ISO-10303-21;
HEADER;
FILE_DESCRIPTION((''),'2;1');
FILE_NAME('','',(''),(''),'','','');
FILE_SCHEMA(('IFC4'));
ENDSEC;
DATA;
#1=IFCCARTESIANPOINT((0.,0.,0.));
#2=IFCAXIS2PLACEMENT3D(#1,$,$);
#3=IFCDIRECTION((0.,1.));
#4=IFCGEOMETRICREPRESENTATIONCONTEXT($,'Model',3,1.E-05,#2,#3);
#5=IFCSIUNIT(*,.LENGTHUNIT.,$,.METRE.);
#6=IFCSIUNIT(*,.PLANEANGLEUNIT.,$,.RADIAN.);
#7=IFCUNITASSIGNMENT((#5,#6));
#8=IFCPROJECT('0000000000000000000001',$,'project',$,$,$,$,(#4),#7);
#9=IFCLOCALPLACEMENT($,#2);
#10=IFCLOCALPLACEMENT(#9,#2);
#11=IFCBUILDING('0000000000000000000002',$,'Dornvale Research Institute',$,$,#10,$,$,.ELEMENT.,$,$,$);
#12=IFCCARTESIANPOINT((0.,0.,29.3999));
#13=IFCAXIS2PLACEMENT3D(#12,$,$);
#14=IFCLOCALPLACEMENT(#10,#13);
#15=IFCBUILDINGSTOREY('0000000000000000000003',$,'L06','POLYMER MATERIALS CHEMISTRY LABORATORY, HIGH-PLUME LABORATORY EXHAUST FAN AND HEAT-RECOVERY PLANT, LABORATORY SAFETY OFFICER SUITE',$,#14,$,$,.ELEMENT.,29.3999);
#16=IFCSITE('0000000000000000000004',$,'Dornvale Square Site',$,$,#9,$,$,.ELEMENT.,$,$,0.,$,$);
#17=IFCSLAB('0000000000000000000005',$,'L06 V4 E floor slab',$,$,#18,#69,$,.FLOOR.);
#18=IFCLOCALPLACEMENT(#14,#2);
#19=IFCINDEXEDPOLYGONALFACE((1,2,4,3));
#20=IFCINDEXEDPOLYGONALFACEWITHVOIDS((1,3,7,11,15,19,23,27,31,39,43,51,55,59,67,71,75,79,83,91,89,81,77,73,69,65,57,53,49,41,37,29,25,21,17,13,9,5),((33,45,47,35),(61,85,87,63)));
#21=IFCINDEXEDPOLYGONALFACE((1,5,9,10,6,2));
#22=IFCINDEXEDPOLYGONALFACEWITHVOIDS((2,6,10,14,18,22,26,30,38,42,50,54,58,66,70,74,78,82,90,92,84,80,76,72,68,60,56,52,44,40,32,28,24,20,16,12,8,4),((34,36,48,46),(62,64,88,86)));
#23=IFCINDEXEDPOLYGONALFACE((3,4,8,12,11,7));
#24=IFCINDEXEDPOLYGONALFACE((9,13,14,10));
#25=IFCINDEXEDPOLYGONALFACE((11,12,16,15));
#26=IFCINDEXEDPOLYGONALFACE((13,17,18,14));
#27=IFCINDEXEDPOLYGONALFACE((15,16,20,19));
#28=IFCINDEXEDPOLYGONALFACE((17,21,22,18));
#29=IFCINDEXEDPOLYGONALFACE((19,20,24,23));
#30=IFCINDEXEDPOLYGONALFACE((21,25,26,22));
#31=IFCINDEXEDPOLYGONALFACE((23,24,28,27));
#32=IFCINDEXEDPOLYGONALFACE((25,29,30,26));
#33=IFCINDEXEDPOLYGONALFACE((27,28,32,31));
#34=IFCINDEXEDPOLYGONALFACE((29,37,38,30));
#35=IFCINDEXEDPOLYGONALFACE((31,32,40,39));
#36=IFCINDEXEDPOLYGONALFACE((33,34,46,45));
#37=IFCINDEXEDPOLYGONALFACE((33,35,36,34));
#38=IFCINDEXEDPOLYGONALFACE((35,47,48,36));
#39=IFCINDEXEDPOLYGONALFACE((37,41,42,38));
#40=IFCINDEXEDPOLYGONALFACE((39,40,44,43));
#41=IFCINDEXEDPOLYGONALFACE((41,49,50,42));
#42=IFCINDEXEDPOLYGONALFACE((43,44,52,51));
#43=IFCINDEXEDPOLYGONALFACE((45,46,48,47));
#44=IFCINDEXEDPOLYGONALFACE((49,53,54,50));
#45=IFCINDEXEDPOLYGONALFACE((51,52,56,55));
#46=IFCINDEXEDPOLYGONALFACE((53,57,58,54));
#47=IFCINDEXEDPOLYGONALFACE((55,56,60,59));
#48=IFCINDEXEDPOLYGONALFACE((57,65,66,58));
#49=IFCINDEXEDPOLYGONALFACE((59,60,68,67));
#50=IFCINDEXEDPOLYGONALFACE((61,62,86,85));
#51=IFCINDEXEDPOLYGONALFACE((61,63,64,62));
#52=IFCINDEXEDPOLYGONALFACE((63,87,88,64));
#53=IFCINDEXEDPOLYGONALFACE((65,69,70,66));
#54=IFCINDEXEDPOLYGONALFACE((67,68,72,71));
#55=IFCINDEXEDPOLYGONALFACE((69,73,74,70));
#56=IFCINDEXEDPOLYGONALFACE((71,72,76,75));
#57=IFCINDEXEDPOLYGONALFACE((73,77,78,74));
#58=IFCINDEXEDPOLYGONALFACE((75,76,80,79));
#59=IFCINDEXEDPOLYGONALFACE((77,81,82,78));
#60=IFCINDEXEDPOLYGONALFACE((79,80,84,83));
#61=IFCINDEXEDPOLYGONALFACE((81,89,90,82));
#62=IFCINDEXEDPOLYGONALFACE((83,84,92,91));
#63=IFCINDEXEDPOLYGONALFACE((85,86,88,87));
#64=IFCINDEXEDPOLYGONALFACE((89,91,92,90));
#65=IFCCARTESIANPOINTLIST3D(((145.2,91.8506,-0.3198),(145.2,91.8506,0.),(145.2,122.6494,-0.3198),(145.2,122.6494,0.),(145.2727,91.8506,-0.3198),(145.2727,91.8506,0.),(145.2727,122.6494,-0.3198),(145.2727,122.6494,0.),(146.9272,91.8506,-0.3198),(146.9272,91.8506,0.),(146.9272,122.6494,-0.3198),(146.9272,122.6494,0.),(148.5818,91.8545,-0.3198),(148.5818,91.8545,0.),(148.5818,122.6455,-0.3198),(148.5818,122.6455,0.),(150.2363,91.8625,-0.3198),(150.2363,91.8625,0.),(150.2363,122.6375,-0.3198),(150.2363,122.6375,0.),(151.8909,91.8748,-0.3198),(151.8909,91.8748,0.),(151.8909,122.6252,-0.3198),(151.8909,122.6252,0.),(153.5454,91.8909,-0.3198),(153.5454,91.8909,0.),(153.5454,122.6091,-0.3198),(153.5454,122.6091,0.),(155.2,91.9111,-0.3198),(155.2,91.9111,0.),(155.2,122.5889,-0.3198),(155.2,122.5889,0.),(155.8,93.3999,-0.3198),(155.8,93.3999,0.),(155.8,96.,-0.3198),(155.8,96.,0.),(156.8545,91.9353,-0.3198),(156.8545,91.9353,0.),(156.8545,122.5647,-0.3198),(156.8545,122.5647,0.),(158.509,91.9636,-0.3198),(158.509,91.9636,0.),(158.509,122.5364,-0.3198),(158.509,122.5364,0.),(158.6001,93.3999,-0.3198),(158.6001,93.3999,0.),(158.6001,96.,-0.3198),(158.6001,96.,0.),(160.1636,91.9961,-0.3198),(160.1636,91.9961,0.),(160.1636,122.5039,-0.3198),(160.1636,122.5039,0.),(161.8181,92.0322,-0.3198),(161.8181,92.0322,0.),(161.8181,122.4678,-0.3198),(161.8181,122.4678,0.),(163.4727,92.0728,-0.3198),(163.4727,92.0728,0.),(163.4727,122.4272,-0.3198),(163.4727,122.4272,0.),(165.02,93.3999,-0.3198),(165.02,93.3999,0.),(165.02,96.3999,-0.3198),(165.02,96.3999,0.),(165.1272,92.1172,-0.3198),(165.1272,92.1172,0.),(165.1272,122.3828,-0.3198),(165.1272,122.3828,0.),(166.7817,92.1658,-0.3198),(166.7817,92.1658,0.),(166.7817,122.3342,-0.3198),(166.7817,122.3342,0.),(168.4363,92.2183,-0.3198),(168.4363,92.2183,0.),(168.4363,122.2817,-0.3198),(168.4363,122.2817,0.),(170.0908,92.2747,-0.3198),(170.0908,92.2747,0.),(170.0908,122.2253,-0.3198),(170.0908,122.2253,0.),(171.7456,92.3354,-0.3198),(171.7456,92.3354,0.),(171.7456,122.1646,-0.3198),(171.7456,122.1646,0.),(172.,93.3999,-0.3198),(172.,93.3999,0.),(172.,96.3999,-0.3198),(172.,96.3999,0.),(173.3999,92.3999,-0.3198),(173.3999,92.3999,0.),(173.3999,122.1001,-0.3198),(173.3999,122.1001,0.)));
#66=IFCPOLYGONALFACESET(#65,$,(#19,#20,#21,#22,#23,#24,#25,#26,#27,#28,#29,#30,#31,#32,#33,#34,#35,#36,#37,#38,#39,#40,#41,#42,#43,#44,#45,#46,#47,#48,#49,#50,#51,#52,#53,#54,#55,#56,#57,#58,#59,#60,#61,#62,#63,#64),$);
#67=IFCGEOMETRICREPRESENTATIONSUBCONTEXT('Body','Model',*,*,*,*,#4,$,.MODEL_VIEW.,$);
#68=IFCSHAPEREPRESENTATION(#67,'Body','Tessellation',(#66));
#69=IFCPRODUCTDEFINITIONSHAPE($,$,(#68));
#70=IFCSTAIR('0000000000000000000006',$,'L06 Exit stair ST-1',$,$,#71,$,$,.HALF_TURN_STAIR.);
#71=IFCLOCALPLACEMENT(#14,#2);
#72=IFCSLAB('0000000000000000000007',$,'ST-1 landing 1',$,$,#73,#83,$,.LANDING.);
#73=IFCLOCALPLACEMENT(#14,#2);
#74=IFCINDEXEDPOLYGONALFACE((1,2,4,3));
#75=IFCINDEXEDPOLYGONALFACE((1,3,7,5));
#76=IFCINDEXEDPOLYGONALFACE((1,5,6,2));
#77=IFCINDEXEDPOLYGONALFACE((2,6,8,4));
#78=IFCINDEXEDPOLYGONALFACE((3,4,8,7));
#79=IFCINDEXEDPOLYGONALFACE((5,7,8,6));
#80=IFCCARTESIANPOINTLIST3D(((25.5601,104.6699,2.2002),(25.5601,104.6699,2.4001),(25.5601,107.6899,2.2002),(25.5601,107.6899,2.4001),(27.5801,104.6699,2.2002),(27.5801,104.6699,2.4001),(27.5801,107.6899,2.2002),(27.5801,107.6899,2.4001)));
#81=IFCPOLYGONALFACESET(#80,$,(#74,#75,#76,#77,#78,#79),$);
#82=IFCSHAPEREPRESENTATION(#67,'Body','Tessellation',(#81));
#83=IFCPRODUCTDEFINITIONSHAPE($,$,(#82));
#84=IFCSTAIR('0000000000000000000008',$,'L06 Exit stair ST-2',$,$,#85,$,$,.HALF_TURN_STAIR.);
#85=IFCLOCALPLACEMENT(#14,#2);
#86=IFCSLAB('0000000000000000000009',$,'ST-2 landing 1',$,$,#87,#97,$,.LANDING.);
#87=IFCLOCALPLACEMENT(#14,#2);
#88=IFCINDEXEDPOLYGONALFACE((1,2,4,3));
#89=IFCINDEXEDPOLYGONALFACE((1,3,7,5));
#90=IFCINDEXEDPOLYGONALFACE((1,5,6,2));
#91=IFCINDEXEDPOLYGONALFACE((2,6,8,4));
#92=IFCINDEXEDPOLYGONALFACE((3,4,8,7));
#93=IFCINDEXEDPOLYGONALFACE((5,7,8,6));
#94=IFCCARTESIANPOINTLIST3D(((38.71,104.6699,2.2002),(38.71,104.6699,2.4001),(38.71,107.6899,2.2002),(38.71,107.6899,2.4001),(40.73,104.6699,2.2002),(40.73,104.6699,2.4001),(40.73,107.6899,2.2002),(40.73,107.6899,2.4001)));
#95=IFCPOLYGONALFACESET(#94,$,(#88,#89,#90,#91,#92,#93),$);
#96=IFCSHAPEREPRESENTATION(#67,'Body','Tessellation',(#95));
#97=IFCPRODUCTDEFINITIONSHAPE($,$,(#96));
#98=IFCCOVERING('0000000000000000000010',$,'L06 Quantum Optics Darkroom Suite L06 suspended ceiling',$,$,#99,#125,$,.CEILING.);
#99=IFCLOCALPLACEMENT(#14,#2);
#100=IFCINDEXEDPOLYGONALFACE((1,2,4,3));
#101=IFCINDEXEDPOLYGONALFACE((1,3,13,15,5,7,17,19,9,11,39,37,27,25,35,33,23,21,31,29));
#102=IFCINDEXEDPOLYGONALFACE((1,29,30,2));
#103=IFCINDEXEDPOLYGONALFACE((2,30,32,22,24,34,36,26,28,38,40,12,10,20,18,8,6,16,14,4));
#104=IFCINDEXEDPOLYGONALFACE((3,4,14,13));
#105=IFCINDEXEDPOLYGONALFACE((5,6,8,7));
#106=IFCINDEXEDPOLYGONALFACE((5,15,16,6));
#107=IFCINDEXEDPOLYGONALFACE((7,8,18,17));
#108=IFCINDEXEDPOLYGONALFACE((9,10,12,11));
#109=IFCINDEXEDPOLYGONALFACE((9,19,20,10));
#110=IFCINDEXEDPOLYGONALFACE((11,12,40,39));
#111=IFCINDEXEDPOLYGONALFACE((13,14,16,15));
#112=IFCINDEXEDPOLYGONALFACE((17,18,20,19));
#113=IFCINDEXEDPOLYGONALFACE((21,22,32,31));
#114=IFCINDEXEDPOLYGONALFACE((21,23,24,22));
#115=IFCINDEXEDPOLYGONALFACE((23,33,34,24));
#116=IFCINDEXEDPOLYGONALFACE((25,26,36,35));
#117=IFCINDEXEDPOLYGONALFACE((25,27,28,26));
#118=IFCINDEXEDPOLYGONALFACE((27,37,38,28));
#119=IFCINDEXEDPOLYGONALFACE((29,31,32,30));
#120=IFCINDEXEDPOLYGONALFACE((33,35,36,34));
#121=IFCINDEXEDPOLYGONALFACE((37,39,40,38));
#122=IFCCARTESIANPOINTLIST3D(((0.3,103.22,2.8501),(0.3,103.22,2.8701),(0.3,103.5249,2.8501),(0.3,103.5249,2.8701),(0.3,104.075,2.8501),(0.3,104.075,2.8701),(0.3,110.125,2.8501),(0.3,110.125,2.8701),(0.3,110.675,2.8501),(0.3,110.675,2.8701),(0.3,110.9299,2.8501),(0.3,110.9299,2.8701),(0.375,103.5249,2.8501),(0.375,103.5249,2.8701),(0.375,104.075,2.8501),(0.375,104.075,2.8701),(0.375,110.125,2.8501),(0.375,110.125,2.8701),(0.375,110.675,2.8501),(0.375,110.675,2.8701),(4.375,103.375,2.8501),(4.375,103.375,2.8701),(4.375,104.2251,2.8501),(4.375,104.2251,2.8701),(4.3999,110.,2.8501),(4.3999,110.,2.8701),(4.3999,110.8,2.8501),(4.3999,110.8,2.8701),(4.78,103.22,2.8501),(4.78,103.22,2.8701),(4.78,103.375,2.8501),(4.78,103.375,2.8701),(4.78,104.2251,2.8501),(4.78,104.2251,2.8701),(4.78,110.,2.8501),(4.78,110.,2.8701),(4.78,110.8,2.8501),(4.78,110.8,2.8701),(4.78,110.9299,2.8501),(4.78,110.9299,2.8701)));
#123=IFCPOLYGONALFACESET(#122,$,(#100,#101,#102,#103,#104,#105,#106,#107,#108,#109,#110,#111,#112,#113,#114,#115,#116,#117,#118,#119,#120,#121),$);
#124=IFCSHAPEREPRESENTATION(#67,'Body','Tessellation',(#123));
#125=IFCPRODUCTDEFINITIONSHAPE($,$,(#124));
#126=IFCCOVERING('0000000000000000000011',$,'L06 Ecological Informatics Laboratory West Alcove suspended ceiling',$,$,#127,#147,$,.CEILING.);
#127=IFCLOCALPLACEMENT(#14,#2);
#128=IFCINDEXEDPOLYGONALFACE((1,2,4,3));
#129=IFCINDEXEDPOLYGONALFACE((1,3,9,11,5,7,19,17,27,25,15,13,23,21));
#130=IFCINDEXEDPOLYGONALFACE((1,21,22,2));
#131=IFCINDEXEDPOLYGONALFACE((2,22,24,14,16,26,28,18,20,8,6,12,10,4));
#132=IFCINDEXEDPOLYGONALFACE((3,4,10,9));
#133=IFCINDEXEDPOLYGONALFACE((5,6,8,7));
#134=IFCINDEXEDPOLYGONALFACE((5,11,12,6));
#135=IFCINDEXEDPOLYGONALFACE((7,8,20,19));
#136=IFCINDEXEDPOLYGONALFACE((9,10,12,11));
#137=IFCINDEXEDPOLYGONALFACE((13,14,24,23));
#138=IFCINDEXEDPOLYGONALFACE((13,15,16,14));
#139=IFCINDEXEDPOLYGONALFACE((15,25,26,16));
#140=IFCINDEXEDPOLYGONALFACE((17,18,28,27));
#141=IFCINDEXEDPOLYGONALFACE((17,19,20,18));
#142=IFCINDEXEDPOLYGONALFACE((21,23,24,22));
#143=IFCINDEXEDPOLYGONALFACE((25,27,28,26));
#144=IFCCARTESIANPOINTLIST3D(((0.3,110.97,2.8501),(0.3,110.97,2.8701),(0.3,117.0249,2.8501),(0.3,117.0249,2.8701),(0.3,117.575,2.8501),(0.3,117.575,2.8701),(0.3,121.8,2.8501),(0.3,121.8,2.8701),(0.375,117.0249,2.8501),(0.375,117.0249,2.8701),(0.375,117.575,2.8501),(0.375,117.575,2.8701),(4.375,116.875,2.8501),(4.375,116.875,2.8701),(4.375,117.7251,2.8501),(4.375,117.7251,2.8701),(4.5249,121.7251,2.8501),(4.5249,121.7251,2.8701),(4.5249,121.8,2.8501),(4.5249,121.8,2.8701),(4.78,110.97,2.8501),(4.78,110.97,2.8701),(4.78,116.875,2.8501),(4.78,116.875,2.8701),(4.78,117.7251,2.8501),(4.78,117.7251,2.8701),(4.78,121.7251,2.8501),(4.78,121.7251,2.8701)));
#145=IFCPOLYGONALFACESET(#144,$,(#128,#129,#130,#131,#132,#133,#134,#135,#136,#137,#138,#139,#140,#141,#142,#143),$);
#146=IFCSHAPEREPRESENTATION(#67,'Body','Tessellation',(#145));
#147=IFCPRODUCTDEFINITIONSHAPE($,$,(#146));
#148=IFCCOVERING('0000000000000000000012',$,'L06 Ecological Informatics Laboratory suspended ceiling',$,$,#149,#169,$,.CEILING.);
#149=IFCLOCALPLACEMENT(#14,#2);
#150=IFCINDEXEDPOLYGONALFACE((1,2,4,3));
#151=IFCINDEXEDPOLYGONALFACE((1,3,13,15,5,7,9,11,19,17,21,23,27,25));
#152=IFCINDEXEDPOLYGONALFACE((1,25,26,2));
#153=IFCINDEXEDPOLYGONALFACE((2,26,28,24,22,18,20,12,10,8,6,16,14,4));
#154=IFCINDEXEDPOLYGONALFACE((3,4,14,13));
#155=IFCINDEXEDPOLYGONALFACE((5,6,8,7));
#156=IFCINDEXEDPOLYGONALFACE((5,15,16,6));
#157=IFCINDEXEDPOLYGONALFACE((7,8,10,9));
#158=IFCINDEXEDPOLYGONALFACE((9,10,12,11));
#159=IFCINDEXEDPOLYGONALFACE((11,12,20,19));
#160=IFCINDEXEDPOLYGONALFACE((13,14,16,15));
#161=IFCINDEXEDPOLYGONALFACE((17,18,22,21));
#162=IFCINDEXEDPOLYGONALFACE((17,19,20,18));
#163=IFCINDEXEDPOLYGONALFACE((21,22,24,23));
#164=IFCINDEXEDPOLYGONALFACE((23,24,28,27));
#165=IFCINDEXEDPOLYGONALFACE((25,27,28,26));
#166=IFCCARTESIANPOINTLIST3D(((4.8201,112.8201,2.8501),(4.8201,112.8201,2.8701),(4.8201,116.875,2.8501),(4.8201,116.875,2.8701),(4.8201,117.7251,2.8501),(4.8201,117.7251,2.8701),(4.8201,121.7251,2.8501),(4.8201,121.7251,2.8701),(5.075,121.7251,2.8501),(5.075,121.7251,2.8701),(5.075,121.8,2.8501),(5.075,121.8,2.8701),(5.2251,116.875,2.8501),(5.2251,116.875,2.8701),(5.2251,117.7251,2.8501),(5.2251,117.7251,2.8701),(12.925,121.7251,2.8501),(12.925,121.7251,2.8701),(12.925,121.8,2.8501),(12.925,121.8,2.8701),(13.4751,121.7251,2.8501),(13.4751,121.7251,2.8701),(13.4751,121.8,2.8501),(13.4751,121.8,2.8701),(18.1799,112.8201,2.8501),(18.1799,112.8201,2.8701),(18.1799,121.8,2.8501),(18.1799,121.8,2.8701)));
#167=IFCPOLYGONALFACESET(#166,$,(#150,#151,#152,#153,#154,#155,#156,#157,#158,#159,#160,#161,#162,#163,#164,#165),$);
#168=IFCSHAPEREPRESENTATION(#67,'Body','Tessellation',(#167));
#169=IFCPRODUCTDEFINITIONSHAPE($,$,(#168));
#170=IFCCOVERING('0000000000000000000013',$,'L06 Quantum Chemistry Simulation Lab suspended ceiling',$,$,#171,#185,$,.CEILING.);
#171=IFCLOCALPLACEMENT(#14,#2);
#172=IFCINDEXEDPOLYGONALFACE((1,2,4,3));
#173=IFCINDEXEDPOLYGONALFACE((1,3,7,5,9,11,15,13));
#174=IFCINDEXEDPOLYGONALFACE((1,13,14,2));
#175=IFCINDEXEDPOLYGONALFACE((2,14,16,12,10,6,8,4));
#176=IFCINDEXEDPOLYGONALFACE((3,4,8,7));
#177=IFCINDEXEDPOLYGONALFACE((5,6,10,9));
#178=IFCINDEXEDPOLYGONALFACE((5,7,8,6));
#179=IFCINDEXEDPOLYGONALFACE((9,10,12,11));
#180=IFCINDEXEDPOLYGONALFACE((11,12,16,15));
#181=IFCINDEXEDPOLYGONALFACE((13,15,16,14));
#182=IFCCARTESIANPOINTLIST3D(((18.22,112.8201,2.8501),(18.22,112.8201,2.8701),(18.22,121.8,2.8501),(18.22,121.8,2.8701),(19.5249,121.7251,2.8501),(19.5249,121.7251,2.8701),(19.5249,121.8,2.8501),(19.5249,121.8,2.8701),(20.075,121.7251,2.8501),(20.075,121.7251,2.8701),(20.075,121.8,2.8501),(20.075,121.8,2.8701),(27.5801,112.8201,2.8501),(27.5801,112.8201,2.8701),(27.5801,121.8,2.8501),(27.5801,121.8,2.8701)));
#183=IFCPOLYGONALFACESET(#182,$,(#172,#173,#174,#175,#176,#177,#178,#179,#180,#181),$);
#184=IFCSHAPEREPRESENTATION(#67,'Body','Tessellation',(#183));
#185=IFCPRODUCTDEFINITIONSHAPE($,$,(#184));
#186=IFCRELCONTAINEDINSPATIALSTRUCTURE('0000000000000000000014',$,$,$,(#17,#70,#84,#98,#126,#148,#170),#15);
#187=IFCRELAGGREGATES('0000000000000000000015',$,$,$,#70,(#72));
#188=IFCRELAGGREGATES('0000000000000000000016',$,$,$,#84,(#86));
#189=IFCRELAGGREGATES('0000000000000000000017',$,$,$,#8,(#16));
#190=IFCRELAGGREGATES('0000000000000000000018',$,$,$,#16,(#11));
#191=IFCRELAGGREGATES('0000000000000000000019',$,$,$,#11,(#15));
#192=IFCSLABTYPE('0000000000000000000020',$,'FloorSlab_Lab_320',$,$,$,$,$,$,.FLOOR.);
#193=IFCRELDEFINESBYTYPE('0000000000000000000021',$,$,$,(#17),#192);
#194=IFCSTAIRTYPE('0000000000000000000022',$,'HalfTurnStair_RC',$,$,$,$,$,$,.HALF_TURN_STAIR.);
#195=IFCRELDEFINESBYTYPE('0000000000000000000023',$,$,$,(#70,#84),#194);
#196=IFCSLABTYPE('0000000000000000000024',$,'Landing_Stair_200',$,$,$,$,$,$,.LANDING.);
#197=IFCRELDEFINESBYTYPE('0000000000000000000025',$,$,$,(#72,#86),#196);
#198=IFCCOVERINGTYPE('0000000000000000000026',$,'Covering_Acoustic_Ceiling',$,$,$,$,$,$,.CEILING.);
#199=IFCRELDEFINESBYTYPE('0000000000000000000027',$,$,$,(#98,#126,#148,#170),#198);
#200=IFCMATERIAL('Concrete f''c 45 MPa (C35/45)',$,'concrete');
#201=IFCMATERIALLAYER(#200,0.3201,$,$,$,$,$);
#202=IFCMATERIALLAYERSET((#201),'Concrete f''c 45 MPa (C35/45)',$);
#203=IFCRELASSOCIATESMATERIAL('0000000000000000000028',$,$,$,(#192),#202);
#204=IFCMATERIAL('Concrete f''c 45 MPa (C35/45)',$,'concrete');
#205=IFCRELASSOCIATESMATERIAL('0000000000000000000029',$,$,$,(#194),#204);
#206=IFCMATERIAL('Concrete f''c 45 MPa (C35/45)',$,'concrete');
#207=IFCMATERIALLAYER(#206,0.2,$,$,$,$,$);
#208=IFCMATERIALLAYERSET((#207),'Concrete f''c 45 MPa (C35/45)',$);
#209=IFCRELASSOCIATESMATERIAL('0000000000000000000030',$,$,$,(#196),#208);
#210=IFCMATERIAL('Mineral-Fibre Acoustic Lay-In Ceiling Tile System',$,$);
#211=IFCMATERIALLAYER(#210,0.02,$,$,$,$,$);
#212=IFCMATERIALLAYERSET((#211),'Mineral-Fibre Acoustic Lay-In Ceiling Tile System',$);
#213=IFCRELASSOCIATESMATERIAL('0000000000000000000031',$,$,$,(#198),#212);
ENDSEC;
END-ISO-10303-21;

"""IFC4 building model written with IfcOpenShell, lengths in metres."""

from ifc_helpers import new_model, si_unit, direction, frame, origin, place, context, subcontext, project, spatial, polyline, outline, extrude, material, layer, layer_set, type_object, element, aggregate, save


model = new_model("IFC4")

# Units and contexts
model_context = context("Model", 3, precision=1e-05, world=origin(), true_north=direction((0.0, 1.0)))
body_context = subcontext(model_context, "Body", "Model", "MODEL_VIEW")
ifc_project = project(units=[si_unit("LENGTHUNIT", "METRE"), si_unit("PLANEANGLEUNIT", "RADIAN")], contexts=[model_context])

# Site, building, storey
site_placement = place(None, origin())
site = spatial("IfcSite", under=ifc_project, at=site_placement, Name="Dornvale Square Site", CompositionType="ELEMENT", RefElevation=0.0)
building_placement = place(site_placement, origin())
building = spatial("IfcBuilding", under=site, at=building_placement, Name="Dornvale Research Institute", CompositionType="ELEMENT")
storey_placement = place(building_placement, frame((0.0, 0.0, 29.3999)))
storey = spatial("IfcBuildingStorey", under=building, at=storey_placement, Name="L06", Description="POLYMER MATERIALS CHEMISTRY LABORATORY, HIGH-PLUME LABORATORY EXHAUST FAN AND HEAT-RECOVERY PLANT, LABORATORY SAFETY OFFICER SUITE", CompositionType="ELEMENT", Elevation=29.3999)

# Slab
ifc_material_1 = material(Name="Concrete f'c 45 MPa (C35/45)", Category="concrete")
ifc_layer_1 = layer(ifc_material_1, 0.3201)
ifc_layer_set_1 = layer_set([ifc_layer_1], Name="Concrete f'c 45 MPa (C35/45)")
slab_type_1 = type_object("IfcSlabType", Name="FloorSlab_Lab_320", PredefinedType="FLOOR", material=ifc_layer_set_1)
slab_1_placement = place(storey_placement, frame((0.0, 0.0, -0.3198)))
element("IfcSlab", 1, at=slab_1_placement, inside=storey, type_object=slab_type_1, Name="L06 V4 E floor slab", PredefinedType="FLOOR", context=body_context, shape_type="SweptSolid", body=[
    extrude(outline(polyline([(145.2727, 122.6494), (146.9272, 122.6494), (148.5818, 122.6455), (150.2363, 122.6375), (151.8909, 122.6252), (153.5454, 122.6091), (155.2, 122.5889), (156.8545, 122.5647), (158.509, 122.5364), (160.1636, 122.5039), (161.8181, 122.4678), (163.4727, 122.4272), (165.1272, 122.3828), (166.7817, 122.3342), (168.4363, 122.2817), (170.0908, 122.2253), (171.7456, 122.1646), (173.3999, 122.1001), (173.3999, 92.3999), (171.7456, 92.3354), (170.0908, 92.2747), (168.4363, 92.2183), (166.7817, 92.1658), (165.1272, 92.1172), (163.4727, 92.0728), (161.8181, 92.0322), (160.1636, 91.9961), (158.509, 91.9636), (156.8545, 91.9353), (155.2, 91.9111), (153.5454, 91.8909), (151.8909, 91.8748), (150.2363, 91.8625), (148.5818, 91.8545), (146.9272, 91.8506), (145.2727, 91.8506), (145.2, 91.8506), (145.2, 122.6494), (145.2727, 122.6494)]), holes=[polyline([(165.02, 93.3999), (172.0, 93.3999), (172.0, 96.3999), (165.02, 96.3999), (165.02, 93.3999)]), polyline([(155.8, 93.3999), (158.6001, 93.3999), (158.6001, 96.0), (155.8, 96.0), (155.8, 93.3999)])]), origin(), (0.0, 0.0, 1.0), 0.3198),
])

# Stairs, slabs
ifc_material_2 = material(Name="Concrete f'c 45 MPa (C35/45)", Category="concrete")
stair_type = type_object("IfcStairType", Name="HalfTurnStair_RC", PredefinedType="HALF_TURN_STAIR", material=ifc_material_2)
stair_1_placement = place(storey_placement, origin())
stair_1 = element("IfcStair", 2, at=stair_1_placement, inside=storey, type_object=stair_type, Name="L06 Exit stair ST-1", PredefinedType="HALF_TURN_STAIR")
ifc_material_3 = material(Name="Concrete f'c 45 MPa (C35/45)", Category="concrete")
ifc_layer_2 = layer(ifc_material_3, 0.2)
ifc_layer_set_2 = layer_set([ifc_layer_2], Name="Concrete f'c 45 MPa (C35/45)")
slab_type_2 = type_object("IfcSlabType", Name="Landing_Stair_200", PredefinedType="LANDING", material=ifc_layer_set_2)
slab_2_placement = place(storey_placement, frame((0.0, 0.0, 2.2002)))
slab_2 = element("IfcSlab", 3, at=slab_2_placement, type_object=slab_type_2, Name="ST-1 landing 1", PredefinedType="LANDING", context=body_context, shape_type="SweptSolid", body=[
    extrude(outline(polyline([(25.5601, 104.6699), (25.5601, 107.6899), (27.5801, 107.6899), (27.5801, 104.6699), (25.5601, 104.6699)])), origin(), (0.0, 0.0, 1.0), 0.2),
])
aggregate(stair_1, [slab_2])
stair_2_placement = place(storey_placement, origin())
stair_2 = element("IfcStair", 4, at=stair_2_placement, inside=storey, type_object=stair_type, Name="L06 Exit stair ST-2", PredefinedType="HALF_TURN_STAIR")
slab_3_placement = place(storey_placement, frame((0.0, 0.0, 2.2002)))
slab_3 = element("IfcSlab", 5, at=slab_3_placement, type_object=slab_type_2, Name="ST-2 landing 1", PredefinedType="LANDING", context=body_context, shape_type="SweptSolid", body=[
    extrude(outline(polyline([(38.71, 104.6699), (38.71, 107.6899), (40.73, 107.6899), (40.73, 104.6699), (38.71, 104.6699)])), origin(), (0.0, 0.0, 1.0), 0.2),
])
aggregate(stair_2, [slab_3])

# Coverings
ifc_material_4 = material(Name="Mineral-Fibre Acoustic Lay-In Ceiling Tile System")
ifc_layer_3 = layer(ifc_material_4, 0.02)
ifc_layer_set_3 = layer_set([ifc_layer_3], Name="Mineral-Fibre Acoustic Lay-In Ceiling Tile System")
covering_type_1 = type_object("IfcCoveringType", Name="Covering_Acoustic_Ceiling", PredefinedType="CEILING", material=ifc_layer_set_3)
covering_1_placement = place(storey_placement, frame((0.0, 0.0, 2.8501)))
element("IfcCovering", 6, at=covering_1_placement, inside=storey, type_object=covering_type_1, Name="L06 Quantum Optics Darkroom Suite L06 suspended ceiling", PredefinedType="CEILING", context=body_context, shape_type="SweptSolid", body=[
    extrude(outline(polyline([(0.3, 110.675), (0.3, 110.9299), (4.78, 110.9299), (4.78, 110.8), (4.3999, 110.8), (4.3999, 110.0), (4.78, 110.0), (4.78, 104.2251), (4.375, 104.2251), (4.375, 103.375), (4.78, 103.375), (4.78, 103.22), (0.3, 103.22), (0.3, 103.5249), (0.375, 103.5249), (0.375, 104.075), (0.3, 104.075), (0.3, 110.125), (0.375, 110.125), (0.375, 110.675), (0.3, 110.675)])), origin(), (0.0, 0.0, 1.0), 0.02),
])
covering_2_placement = place(storey_placement, frame((0.0, 0.0, 2.8501)))
element("IfcCovering", 7, at=covering_2_placement, inside=storey, type_object=covering_type_1, Name="L06 Ecological Informatics Laboratory West Alcove suspended ceiling", PredefinedType="CEILING", context=body_context, shape_type="SweptSolid", body=[
    extrude(outline(polyline([(0.3, 110.97), (0.3, 117.0249), (0.375, 117.0249), (0.375, 117.575), (0.3, 117.575), (0.3, 121.8), (4.5249, 121.8), (4.5249, 121.7251), (4.78, 121.7251), (4.78, 117.7251), (4.375, 117.7251), (4.375, 116.875), (4.78, 116.875), (4.78, 110.97), (0.3, 110.97)])), origin(), (0.0, 0.0, 1.0), 0.02),
])
covering_3_placement = place(storey_placement, frame((0.0, 0.0, 2.8501)))
element("IfcCovering", 8, at=covering_3_placement, inside=storey, type_object=covering_type_1, Name="L06 Ecological Informatics Laboratory suspended ceiling", PredefinedType="CEILING", context=body_context, shape_type="SweptSolid", body=[
    extrude(outline(polyline([(4.8201, 117.7251), (4.8201, 121.7251), (5.075, 121.7251), (5.075, 121.8), (12.925, 121.8), (12.925, 121.7251), (13.4751, 121.7251), (13.4751, 121.8), (18.1799, 121.8), (18.1799, 112.8201), (4.8201, 112.8201), (4.8201, 116.875), (5.2251, 116.875), (5.2251, 117.7251), (4.8201, 117.7251)])), origin(), (0.0, 0.0, 1.0), 0.02),
])
covering_4_placement = place(storey_placement, frame((0.0, 0.0, 2.8501)))
element("IfcCovering", 9, at=covering_4_placement, inside=storey, type_object=covering_type_1, Name="L06 Quantum Chemistry Simulation Lab suspended ceiling", PredefinedType="CEILING", context=body_context, shape_type="SweptSolid", body=[
    extrude(outline(polyline([(20.075, 121.7251), (20.075, 121.8), (27.5801, 121.8), (27.5801, 112.8201), (18.22, 112.8201), (18.22, 121.8), (19.5249, 121.8), (19.5249, 121.7251), (20.075, 121.7251)])), origin(), (0.0, 0.0, 1.0), 0.02),
])

save(model, "model.ifc")
